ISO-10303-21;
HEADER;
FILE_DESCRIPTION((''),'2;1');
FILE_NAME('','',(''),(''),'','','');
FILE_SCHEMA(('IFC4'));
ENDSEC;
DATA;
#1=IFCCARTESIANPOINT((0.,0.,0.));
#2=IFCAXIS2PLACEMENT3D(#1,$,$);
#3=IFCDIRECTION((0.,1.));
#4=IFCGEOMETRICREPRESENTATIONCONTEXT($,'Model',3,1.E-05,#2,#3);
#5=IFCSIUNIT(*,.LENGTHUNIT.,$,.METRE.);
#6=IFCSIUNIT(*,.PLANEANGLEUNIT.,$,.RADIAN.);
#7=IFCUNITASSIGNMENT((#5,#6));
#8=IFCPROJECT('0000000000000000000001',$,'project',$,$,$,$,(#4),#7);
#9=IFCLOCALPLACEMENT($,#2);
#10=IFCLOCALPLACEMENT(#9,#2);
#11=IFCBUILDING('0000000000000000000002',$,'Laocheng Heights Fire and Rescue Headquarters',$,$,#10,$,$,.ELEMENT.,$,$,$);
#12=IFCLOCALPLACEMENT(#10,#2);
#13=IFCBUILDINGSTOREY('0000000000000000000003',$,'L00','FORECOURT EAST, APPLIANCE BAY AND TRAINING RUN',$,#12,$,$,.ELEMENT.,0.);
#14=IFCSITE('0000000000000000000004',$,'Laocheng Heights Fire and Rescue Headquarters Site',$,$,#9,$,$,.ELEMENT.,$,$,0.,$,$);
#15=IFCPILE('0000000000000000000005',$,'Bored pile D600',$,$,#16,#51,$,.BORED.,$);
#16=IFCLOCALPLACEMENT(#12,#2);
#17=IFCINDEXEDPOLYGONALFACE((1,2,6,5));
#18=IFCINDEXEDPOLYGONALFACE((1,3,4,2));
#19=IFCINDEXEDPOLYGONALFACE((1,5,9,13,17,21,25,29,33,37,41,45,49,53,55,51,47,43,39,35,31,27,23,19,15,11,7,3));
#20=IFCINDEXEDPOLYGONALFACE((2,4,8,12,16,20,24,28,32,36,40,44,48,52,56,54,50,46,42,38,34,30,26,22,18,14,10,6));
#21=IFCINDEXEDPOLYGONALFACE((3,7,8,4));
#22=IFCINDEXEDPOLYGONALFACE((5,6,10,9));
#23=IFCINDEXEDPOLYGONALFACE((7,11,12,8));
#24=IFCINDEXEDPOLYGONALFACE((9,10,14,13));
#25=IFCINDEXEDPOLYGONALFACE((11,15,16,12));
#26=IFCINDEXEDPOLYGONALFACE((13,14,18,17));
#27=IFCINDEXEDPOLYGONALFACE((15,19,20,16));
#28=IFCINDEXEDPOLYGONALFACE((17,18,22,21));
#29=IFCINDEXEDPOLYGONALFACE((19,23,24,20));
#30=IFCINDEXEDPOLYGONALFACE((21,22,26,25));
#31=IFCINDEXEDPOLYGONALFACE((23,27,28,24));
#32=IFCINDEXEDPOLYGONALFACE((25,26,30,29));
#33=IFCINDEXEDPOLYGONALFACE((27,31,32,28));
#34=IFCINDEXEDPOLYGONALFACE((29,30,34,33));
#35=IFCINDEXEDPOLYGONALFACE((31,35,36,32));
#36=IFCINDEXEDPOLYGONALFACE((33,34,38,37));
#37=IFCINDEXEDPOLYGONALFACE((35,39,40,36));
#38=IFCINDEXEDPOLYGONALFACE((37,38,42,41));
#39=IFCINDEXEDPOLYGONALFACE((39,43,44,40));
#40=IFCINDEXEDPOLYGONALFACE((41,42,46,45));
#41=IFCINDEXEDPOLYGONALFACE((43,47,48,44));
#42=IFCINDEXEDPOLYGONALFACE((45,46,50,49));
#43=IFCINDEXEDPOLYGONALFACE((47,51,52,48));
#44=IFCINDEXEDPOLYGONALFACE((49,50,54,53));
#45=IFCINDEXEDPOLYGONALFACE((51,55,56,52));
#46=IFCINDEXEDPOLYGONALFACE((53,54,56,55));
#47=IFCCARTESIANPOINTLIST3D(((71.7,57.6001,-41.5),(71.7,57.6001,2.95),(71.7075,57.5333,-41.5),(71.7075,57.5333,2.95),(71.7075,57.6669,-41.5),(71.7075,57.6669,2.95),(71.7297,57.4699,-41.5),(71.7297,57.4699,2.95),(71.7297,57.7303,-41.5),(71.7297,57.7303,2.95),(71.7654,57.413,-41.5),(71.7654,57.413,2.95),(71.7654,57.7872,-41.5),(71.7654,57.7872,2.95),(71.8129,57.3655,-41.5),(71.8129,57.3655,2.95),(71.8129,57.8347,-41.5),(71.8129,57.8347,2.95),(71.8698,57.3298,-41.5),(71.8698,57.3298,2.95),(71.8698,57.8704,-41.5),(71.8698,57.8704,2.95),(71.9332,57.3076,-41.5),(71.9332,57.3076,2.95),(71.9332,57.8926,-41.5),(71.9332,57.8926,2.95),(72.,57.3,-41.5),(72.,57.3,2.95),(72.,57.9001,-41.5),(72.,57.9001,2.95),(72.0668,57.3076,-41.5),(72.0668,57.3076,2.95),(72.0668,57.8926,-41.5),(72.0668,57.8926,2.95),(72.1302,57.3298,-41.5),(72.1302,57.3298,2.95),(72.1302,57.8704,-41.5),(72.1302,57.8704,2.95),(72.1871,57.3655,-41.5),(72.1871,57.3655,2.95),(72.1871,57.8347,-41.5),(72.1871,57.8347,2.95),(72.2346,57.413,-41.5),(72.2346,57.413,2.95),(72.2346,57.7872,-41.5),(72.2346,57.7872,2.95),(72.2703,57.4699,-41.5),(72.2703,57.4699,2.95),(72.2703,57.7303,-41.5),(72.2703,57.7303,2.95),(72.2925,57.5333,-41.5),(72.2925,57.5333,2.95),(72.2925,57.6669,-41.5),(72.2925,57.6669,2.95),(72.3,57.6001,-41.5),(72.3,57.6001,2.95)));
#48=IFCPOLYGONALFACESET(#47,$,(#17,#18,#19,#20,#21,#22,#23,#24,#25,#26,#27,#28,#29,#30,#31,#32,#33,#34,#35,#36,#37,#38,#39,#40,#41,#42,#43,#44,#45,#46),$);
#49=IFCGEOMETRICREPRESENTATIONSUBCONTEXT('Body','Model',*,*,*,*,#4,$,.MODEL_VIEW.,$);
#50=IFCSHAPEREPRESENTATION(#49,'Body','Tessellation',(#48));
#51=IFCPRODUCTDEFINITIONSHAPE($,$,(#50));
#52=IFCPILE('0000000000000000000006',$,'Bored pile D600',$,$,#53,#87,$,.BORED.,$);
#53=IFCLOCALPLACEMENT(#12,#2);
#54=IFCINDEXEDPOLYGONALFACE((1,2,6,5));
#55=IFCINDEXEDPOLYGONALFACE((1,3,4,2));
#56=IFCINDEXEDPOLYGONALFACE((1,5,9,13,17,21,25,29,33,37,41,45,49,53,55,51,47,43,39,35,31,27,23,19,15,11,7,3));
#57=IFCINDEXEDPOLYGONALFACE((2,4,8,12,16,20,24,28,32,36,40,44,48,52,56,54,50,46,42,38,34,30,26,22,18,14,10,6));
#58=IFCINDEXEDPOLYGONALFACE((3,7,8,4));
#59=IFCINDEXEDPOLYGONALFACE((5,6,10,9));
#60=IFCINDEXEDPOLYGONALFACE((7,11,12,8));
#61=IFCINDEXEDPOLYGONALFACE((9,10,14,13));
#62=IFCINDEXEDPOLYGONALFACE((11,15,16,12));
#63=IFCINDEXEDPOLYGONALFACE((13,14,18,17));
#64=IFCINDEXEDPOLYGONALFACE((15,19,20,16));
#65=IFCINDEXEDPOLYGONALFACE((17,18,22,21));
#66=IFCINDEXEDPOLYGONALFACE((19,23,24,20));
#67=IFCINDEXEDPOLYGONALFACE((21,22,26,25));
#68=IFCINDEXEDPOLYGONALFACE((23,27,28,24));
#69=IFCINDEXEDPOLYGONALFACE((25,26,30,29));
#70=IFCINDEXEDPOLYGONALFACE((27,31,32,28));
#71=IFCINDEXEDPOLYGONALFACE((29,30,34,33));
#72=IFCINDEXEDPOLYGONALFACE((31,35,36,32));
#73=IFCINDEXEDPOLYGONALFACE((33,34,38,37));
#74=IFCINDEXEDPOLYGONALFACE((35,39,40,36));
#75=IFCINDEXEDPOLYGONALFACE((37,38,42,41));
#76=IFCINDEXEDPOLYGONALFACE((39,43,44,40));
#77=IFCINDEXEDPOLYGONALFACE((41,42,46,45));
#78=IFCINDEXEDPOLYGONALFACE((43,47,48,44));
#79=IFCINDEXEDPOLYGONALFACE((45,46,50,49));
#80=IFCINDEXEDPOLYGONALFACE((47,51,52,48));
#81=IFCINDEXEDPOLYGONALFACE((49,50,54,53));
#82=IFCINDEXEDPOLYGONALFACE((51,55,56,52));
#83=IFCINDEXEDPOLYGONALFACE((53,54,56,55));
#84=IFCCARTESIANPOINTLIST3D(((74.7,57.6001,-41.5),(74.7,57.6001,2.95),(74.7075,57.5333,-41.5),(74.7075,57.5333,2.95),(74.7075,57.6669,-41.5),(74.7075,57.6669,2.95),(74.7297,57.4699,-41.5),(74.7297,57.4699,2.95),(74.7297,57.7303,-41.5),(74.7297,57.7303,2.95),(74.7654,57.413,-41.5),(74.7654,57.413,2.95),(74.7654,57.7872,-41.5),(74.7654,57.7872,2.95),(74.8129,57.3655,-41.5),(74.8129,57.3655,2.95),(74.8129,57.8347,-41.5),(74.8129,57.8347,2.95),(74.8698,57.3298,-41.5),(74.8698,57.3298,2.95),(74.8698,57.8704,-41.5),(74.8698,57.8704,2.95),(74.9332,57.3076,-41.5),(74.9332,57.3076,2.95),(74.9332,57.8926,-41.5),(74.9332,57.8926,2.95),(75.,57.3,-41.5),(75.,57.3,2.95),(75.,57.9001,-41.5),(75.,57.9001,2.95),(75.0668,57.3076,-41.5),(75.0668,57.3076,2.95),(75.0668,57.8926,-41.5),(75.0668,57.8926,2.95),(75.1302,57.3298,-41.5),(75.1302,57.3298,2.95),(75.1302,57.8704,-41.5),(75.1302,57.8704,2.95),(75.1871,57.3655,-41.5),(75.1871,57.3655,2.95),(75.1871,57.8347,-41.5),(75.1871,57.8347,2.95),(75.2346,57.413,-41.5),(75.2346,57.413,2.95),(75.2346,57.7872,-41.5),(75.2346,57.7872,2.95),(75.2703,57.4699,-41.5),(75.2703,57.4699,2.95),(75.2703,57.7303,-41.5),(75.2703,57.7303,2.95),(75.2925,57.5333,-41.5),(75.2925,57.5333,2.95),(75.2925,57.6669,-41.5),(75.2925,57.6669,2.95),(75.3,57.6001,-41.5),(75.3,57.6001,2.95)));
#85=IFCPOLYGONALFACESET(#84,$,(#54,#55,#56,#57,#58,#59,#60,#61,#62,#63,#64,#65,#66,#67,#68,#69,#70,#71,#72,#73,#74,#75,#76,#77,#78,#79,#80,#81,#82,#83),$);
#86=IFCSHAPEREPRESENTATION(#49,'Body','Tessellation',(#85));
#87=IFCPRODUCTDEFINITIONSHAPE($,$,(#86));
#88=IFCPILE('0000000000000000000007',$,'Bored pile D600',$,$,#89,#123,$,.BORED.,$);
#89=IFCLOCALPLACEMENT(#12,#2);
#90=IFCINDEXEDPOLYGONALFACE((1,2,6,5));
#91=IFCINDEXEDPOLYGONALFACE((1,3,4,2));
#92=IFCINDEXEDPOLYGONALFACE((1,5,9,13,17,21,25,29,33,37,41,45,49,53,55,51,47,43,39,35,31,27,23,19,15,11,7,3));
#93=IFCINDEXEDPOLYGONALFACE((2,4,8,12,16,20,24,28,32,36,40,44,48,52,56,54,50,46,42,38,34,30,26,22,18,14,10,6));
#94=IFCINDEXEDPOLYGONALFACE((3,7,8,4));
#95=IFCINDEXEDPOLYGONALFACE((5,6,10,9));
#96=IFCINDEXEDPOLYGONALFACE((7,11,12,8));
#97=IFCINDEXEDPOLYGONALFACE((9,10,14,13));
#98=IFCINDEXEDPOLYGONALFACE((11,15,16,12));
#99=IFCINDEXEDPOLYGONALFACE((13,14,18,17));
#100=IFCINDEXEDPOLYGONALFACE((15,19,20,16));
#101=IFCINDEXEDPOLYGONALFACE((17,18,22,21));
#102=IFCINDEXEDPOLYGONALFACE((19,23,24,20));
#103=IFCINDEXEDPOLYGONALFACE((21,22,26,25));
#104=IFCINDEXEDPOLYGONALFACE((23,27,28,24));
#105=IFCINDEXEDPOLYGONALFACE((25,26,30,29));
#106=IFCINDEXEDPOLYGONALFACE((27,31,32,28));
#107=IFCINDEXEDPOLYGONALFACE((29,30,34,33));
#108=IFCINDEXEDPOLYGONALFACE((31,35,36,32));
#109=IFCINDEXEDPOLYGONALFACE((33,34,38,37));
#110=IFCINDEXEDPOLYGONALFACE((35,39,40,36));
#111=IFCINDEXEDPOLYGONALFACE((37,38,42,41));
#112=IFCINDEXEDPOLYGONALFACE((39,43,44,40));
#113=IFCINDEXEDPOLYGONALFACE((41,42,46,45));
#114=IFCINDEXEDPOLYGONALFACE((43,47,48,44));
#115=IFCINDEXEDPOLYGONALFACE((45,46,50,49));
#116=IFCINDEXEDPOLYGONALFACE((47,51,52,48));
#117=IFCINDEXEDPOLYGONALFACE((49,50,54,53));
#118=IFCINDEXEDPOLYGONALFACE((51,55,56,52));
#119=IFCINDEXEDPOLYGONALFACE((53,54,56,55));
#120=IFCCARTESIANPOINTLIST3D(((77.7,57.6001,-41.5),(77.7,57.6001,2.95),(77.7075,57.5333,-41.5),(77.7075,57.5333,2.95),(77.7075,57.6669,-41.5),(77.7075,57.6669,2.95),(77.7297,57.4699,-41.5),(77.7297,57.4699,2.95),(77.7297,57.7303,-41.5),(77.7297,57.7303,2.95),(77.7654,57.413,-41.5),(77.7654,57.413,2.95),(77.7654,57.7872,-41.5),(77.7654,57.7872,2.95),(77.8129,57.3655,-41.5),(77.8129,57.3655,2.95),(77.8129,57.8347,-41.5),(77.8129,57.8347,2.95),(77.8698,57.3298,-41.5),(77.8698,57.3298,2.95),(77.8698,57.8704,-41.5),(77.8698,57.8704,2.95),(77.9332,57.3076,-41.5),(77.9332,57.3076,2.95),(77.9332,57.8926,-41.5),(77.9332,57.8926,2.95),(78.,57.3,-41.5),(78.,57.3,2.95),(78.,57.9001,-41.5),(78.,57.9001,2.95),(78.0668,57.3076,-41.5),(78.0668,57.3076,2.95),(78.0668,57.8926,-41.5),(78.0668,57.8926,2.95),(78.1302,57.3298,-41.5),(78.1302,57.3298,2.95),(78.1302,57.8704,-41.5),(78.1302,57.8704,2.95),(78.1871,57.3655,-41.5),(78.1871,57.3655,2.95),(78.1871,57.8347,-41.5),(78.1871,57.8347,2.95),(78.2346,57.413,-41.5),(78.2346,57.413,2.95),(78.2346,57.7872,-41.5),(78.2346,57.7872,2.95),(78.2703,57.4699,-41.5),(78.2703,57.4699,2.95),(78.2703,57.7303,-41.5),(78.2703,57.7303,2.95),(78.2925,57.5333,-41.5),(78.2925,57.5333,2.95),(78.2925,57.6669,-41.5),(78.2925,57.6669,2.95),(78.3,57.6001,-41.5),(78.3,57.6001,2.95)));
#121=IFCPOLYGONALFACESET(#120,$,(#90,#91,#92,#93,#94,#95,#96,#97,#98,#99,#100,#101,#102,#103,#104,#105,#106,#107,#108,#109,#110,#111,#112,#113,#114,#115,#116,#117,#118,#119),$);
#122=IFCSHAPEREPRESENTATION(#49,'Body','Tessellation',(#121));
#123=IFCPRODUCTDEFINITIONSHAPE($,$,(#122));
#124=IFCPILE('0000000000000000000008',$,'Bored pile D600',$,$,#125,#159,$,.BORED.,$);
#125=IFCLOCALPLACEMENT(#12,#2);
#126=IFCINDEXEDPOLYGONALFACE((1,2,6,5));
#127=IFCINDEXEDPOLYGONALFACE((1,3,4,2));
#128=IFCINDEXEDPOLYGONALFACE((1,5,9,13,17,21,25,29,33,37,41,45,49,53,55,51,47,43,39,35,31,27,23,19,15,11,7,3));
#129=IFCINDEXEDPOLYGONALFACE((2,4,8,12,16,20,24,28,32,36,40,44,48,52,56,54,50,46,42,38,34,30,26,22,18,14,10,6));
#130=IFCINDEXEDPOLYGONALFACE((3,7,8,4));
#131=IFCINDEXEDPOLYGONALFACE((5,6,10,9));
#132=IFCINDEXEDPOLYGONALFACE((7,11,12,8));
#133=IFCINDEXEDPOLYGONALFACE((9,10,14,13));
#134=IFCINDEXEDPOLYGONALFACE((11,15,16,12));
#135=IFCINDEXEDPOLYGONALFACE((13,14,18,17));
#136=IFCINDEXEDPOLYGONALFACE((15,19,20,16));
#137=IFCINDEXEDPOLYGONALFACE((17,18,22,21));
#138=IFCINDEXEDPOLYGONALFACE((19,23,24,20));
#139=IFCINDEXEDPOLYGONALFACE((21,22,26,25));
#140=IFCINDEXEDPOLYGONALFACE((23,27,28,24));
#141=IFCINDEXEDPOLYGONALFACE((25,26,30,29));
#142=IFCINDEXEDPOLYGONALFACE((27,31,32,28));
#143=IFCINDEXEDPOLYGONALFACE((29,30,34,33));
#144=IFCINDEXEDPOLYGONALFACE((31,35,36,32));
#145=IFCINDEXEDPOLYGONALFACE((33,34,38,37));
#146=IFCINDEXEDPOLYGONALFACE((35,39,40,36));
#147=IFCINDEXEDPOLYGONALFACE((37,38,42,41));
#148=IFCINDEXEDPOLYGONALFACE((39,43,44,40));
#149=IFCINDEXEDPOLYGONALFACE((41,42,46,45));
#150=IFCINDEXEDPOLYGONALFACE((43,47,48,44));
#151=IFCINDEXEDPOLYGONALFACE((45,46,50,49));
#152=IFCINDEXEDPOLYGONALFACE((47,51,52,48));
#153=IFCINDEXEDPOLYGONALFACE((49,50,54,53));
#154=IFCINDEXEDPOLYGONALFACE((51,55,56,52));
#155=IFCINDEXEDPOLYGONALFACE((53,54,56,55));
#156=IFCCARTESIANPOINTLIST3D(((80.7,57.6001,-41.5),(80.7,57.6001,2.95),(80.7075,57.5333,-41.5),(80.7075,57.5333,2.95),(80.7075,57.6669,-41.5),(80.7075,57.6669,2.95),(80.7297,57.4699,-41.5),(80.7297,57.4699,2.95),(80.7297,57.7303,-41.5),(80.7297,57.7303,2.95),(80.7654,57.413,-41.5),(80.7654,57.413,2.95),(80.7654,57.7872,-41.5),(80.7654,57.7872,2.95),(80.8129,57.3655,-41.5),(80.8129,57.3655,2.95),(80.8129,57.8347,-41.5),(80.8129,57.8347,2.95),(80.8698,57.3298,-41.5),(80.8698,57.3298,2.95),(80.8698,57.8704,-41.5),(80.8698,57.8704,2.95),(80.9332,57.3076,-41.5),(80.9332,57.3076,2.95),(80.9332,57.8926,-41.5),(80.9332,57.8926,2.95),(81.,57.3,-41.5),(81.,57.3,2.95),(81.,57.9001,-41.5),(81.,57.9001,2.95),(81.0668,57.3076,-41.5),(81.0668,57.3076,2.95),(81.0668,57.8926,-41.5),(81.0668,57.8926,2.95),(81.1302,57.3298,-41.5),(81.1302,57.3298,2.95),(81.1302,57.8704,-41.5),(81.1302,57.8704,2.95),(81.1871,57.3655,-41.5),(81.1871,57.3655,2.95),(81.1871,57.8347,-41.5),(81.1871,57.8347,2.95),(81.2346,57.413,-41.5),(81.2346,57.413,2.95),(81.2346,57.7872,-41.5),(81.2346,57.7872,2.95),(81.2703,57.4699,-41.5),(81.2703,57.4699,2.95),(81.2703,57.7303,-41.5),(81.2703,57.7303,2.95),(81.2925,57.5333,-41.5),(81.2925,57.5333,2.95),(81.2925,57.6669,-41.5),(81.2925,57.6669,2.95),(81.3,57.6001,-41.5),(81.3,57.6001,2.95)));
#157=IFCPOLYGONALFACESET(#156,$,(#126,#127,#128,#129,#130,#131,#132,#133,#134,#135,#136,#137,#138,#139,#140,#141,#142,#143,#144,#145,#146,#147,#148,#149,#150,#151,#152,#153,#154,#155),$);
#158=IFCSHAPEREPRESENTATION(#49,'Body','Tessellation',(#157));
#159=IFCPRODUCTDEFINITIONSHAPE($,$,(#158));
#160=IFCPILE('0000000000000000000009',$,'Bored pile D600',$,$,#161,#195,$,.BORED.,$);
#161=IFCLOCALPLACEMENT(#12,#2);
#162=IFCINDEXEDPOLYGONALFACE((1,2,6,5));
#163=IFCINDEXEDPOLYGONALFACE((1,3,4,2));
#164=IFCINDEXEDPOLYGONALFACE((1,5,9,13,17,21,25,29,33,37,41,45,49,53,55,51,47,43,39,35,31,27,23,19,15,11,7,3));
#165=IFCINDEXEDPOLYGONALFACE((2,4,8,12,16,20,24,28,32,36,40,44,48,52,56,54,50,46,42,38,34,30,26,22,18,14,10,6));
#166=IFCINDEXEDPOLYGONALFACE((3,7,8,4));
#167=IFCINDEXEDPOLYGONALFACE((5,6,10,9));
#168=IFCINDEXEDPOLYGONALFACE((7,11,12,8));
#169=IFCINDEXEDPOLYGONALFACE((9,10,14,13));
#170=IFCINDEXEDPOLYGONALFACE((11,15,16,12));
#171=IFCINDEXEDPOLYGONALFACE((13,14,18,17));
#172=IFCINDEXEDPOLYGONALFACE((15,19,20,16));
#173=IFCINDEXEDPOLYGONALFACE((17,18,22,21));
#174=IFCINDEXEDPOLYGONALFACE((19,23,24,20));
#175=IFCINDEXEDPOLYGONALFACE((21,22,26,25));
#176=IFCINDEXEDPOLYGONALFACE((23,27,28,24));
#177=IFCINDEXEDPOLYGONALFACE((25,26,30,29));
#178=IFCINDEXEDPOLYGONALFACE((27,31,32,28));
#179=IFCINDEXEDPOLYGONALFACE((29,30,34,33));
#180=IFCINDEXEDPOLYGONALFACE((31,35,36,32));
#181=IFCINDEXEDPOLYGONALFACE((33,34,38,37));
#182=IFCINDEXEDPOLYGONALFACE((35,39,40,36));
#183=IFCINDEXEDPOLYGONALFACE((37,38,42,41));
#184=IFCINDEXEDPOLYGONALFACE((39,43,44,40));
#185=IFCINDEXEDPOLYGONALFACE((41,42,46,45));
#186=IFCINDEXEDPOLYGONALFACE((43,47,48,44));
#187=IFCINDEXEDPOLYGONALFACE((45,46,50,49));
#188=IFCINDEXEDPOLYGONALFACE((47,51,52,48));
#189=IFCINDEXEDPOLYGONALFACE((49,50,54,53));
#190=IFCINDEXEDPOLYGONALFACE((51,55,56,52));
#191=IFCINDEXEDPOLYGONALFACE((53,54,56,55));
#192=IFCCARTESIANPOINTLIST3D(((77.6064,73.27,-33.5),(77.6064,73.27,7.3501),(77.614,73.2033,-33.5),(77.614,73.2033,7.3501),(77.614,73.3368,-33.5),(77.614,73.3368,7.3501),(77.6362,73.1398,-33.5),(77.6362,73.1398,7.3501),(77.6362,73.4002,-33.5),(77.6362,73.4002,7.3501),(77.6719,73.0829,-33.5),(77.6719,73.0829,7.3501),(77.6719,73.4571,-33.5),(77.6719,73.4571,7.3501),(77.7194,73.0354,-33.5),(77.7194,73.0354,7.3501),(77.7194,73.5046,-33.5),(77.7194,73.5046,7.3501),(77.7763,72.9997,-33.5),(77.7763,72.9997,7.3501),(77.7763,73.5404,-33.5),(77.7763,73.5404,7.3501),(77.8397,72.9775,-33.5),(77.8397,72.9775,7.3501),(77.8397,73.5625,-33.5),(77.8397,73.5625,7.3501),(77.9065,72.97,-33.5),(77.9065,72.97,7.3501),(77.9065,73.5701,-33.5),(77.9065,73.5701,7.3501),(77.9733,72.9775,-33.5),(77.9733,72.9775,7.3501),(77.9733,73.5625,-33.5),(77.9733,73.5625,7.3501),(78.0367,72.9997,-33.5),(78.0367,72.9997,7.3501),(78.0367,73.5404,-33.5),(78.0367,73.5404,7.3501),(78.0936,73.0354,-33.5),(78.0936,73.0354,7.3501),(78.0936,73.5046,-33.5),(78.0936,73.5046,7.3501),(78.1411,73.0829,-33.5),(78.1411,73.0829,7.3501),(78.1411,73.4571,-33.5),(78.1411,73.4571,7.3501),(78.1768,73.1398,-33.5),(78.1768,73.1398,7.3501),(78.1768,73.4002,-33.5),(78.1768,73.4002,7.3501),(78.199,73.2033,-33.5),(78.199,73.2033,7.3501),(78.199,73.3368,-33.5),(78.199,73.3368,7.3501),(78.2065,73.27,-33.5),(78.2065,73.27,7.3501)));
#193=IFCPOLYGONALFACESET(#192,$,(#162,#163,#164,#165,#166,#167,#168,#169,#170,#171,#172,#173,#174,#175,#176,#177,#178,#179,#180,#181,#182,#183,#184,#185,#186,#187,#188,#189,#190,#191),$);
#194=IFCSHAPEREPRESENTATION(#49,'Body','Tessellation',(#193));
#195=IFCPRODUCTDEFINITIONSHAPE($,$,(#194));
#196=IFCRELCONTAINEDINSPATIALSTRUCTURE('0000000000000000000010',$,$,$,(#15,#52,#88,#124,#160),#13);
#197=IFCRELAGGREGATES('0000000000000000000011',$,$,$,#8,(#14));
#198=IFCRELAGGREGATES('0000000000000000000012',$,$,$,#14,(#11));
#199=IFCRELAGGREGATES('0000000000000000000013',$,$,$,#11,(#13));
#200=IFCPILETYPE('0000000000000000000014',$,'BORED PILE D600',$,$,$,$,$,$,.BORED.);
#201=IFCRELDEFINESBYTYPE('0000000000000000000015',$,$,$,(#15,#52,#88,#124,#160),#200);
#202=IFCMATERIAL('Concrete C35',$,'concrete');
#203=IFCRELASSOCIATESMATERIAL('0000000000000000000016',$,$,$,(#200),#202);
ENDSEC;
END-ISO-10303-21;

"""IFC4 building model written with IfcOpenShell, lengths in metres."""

from ifc_helpers import new_model, si_unit, direction, frame, origin, origin_2d, place, context, subcontext, project, spatial, circle, extrude, material, material_profile, profile_set, type_object, element, save


model = new_model("IFC4")

# Units and contexts
model_context = context("Model", 3, precision=1e-05, world=origin(), true_north=direction((0.0, 1.0)))
body_context = subcontext(model_context, "Body", "Model", "MODEL_VIEW")
ifc_project = project(units=[si_unit("LENGTHUNIT", "METRE"), si_unit("PLANEANGLEUNIT", "RADIAN")], contexts=[model_context])

# Site, building, storey
site_placement = place(None, origin())
site = spatial("IfcSite", under=ifc_project, at=site_placement, Name="Laocheng Heights Fire and Rescue Headquarters Site", CompositionType="ELEMENT", RefElevation=0.0)
building_placement = place(site_placement, origin())
building = spatial("IfcBuilding", under=site, at=building_placement, Name="Laocheng Heights Fire and Rescue Headquarters", CompositionType="ELEMENT")
storey_placement = place(building_placement, origin())
storey = spatial("IfcBuildingStorey", under=building, at=storey_placement, Name="L00", Description="FORECOURT EAST, APPLIANCE BAY AND TRAINING RUN", CompositionType="ELEMENT", Elevation=0.0)

# Piles
ifc_material_1 = material(Name="Concrete C35", Category="concrete")
ifc_material_profile_1 = material_profile(ifc_material_1, circle(Radius=0.3, at=origin_2d()), Name="BORED PILE D600")
ifc_profile_set_1 = profile_set([ifc_material_profile_1], Name="Concrete C35")
pile_type_1 = type_object("IfcPileType", Name="BORED PILE D600", PredefinedType="BORED", material=ifc_profile_set_1)
for number, where, z_axis, x_axis, name in (
    (1, (72.0, 57.6001, 2.95), (0.0, 0.0, -1.0), (1.0, 0.0, 0.0), "Bored pile D600"),
    (2, (75.0, 57.6001, 2.95), (0.0, 0.0, -1.0), (1.0, 0.0, 0.0), "Bored pile D600"),
    (3, (78.0, 57.6001, 2.95), (0.0, 0.0, -1.0), (1.0, 0.0, 0.0), "Bored pile D600"),
    (4, (81.0, 57.6001, 2.95), (0.0, 0.0, -1.0), (1.0, 0.0, 0.0), "Bored pile D600"),
):
    element("IfcPile", number, at=place(storey_placement, frame(where, z_axis=z_axis, x_axis=x_axis)), inside=storey, type_object=pile_type_1, Name=name, PredefinedType="BORED", context=body_context, shape_type="SweptSolid", body=[
        extrude(circle(Radius=0.3, at=origin_2d()), origin(), (0.0, 0.0, 1.0), 44.45),
    ])
for number, where, z_axis, x_axis, name in (
    (5, (77.9065, 73.27, 7.3501), (0.0, 0.0, -1.0), (1.0, 0.0, 0.0), "Bored pile D600"),
):
    element("IfcPile", number, at=place(storey_placement, frame(where, z_axis=z_axis, x_axis=x_axis)), inside=storey, type_object=pile_type_1, Name=name, PredefinedType="BORED", context=body_context, shape_type="SweptSolid", body=[
        extrude(circle(Radius=0.3, at=origin_2d()), origin(), (0.0, 0.0, 1.0), 40.8501),
    ])

save(model, "model.ifc")
